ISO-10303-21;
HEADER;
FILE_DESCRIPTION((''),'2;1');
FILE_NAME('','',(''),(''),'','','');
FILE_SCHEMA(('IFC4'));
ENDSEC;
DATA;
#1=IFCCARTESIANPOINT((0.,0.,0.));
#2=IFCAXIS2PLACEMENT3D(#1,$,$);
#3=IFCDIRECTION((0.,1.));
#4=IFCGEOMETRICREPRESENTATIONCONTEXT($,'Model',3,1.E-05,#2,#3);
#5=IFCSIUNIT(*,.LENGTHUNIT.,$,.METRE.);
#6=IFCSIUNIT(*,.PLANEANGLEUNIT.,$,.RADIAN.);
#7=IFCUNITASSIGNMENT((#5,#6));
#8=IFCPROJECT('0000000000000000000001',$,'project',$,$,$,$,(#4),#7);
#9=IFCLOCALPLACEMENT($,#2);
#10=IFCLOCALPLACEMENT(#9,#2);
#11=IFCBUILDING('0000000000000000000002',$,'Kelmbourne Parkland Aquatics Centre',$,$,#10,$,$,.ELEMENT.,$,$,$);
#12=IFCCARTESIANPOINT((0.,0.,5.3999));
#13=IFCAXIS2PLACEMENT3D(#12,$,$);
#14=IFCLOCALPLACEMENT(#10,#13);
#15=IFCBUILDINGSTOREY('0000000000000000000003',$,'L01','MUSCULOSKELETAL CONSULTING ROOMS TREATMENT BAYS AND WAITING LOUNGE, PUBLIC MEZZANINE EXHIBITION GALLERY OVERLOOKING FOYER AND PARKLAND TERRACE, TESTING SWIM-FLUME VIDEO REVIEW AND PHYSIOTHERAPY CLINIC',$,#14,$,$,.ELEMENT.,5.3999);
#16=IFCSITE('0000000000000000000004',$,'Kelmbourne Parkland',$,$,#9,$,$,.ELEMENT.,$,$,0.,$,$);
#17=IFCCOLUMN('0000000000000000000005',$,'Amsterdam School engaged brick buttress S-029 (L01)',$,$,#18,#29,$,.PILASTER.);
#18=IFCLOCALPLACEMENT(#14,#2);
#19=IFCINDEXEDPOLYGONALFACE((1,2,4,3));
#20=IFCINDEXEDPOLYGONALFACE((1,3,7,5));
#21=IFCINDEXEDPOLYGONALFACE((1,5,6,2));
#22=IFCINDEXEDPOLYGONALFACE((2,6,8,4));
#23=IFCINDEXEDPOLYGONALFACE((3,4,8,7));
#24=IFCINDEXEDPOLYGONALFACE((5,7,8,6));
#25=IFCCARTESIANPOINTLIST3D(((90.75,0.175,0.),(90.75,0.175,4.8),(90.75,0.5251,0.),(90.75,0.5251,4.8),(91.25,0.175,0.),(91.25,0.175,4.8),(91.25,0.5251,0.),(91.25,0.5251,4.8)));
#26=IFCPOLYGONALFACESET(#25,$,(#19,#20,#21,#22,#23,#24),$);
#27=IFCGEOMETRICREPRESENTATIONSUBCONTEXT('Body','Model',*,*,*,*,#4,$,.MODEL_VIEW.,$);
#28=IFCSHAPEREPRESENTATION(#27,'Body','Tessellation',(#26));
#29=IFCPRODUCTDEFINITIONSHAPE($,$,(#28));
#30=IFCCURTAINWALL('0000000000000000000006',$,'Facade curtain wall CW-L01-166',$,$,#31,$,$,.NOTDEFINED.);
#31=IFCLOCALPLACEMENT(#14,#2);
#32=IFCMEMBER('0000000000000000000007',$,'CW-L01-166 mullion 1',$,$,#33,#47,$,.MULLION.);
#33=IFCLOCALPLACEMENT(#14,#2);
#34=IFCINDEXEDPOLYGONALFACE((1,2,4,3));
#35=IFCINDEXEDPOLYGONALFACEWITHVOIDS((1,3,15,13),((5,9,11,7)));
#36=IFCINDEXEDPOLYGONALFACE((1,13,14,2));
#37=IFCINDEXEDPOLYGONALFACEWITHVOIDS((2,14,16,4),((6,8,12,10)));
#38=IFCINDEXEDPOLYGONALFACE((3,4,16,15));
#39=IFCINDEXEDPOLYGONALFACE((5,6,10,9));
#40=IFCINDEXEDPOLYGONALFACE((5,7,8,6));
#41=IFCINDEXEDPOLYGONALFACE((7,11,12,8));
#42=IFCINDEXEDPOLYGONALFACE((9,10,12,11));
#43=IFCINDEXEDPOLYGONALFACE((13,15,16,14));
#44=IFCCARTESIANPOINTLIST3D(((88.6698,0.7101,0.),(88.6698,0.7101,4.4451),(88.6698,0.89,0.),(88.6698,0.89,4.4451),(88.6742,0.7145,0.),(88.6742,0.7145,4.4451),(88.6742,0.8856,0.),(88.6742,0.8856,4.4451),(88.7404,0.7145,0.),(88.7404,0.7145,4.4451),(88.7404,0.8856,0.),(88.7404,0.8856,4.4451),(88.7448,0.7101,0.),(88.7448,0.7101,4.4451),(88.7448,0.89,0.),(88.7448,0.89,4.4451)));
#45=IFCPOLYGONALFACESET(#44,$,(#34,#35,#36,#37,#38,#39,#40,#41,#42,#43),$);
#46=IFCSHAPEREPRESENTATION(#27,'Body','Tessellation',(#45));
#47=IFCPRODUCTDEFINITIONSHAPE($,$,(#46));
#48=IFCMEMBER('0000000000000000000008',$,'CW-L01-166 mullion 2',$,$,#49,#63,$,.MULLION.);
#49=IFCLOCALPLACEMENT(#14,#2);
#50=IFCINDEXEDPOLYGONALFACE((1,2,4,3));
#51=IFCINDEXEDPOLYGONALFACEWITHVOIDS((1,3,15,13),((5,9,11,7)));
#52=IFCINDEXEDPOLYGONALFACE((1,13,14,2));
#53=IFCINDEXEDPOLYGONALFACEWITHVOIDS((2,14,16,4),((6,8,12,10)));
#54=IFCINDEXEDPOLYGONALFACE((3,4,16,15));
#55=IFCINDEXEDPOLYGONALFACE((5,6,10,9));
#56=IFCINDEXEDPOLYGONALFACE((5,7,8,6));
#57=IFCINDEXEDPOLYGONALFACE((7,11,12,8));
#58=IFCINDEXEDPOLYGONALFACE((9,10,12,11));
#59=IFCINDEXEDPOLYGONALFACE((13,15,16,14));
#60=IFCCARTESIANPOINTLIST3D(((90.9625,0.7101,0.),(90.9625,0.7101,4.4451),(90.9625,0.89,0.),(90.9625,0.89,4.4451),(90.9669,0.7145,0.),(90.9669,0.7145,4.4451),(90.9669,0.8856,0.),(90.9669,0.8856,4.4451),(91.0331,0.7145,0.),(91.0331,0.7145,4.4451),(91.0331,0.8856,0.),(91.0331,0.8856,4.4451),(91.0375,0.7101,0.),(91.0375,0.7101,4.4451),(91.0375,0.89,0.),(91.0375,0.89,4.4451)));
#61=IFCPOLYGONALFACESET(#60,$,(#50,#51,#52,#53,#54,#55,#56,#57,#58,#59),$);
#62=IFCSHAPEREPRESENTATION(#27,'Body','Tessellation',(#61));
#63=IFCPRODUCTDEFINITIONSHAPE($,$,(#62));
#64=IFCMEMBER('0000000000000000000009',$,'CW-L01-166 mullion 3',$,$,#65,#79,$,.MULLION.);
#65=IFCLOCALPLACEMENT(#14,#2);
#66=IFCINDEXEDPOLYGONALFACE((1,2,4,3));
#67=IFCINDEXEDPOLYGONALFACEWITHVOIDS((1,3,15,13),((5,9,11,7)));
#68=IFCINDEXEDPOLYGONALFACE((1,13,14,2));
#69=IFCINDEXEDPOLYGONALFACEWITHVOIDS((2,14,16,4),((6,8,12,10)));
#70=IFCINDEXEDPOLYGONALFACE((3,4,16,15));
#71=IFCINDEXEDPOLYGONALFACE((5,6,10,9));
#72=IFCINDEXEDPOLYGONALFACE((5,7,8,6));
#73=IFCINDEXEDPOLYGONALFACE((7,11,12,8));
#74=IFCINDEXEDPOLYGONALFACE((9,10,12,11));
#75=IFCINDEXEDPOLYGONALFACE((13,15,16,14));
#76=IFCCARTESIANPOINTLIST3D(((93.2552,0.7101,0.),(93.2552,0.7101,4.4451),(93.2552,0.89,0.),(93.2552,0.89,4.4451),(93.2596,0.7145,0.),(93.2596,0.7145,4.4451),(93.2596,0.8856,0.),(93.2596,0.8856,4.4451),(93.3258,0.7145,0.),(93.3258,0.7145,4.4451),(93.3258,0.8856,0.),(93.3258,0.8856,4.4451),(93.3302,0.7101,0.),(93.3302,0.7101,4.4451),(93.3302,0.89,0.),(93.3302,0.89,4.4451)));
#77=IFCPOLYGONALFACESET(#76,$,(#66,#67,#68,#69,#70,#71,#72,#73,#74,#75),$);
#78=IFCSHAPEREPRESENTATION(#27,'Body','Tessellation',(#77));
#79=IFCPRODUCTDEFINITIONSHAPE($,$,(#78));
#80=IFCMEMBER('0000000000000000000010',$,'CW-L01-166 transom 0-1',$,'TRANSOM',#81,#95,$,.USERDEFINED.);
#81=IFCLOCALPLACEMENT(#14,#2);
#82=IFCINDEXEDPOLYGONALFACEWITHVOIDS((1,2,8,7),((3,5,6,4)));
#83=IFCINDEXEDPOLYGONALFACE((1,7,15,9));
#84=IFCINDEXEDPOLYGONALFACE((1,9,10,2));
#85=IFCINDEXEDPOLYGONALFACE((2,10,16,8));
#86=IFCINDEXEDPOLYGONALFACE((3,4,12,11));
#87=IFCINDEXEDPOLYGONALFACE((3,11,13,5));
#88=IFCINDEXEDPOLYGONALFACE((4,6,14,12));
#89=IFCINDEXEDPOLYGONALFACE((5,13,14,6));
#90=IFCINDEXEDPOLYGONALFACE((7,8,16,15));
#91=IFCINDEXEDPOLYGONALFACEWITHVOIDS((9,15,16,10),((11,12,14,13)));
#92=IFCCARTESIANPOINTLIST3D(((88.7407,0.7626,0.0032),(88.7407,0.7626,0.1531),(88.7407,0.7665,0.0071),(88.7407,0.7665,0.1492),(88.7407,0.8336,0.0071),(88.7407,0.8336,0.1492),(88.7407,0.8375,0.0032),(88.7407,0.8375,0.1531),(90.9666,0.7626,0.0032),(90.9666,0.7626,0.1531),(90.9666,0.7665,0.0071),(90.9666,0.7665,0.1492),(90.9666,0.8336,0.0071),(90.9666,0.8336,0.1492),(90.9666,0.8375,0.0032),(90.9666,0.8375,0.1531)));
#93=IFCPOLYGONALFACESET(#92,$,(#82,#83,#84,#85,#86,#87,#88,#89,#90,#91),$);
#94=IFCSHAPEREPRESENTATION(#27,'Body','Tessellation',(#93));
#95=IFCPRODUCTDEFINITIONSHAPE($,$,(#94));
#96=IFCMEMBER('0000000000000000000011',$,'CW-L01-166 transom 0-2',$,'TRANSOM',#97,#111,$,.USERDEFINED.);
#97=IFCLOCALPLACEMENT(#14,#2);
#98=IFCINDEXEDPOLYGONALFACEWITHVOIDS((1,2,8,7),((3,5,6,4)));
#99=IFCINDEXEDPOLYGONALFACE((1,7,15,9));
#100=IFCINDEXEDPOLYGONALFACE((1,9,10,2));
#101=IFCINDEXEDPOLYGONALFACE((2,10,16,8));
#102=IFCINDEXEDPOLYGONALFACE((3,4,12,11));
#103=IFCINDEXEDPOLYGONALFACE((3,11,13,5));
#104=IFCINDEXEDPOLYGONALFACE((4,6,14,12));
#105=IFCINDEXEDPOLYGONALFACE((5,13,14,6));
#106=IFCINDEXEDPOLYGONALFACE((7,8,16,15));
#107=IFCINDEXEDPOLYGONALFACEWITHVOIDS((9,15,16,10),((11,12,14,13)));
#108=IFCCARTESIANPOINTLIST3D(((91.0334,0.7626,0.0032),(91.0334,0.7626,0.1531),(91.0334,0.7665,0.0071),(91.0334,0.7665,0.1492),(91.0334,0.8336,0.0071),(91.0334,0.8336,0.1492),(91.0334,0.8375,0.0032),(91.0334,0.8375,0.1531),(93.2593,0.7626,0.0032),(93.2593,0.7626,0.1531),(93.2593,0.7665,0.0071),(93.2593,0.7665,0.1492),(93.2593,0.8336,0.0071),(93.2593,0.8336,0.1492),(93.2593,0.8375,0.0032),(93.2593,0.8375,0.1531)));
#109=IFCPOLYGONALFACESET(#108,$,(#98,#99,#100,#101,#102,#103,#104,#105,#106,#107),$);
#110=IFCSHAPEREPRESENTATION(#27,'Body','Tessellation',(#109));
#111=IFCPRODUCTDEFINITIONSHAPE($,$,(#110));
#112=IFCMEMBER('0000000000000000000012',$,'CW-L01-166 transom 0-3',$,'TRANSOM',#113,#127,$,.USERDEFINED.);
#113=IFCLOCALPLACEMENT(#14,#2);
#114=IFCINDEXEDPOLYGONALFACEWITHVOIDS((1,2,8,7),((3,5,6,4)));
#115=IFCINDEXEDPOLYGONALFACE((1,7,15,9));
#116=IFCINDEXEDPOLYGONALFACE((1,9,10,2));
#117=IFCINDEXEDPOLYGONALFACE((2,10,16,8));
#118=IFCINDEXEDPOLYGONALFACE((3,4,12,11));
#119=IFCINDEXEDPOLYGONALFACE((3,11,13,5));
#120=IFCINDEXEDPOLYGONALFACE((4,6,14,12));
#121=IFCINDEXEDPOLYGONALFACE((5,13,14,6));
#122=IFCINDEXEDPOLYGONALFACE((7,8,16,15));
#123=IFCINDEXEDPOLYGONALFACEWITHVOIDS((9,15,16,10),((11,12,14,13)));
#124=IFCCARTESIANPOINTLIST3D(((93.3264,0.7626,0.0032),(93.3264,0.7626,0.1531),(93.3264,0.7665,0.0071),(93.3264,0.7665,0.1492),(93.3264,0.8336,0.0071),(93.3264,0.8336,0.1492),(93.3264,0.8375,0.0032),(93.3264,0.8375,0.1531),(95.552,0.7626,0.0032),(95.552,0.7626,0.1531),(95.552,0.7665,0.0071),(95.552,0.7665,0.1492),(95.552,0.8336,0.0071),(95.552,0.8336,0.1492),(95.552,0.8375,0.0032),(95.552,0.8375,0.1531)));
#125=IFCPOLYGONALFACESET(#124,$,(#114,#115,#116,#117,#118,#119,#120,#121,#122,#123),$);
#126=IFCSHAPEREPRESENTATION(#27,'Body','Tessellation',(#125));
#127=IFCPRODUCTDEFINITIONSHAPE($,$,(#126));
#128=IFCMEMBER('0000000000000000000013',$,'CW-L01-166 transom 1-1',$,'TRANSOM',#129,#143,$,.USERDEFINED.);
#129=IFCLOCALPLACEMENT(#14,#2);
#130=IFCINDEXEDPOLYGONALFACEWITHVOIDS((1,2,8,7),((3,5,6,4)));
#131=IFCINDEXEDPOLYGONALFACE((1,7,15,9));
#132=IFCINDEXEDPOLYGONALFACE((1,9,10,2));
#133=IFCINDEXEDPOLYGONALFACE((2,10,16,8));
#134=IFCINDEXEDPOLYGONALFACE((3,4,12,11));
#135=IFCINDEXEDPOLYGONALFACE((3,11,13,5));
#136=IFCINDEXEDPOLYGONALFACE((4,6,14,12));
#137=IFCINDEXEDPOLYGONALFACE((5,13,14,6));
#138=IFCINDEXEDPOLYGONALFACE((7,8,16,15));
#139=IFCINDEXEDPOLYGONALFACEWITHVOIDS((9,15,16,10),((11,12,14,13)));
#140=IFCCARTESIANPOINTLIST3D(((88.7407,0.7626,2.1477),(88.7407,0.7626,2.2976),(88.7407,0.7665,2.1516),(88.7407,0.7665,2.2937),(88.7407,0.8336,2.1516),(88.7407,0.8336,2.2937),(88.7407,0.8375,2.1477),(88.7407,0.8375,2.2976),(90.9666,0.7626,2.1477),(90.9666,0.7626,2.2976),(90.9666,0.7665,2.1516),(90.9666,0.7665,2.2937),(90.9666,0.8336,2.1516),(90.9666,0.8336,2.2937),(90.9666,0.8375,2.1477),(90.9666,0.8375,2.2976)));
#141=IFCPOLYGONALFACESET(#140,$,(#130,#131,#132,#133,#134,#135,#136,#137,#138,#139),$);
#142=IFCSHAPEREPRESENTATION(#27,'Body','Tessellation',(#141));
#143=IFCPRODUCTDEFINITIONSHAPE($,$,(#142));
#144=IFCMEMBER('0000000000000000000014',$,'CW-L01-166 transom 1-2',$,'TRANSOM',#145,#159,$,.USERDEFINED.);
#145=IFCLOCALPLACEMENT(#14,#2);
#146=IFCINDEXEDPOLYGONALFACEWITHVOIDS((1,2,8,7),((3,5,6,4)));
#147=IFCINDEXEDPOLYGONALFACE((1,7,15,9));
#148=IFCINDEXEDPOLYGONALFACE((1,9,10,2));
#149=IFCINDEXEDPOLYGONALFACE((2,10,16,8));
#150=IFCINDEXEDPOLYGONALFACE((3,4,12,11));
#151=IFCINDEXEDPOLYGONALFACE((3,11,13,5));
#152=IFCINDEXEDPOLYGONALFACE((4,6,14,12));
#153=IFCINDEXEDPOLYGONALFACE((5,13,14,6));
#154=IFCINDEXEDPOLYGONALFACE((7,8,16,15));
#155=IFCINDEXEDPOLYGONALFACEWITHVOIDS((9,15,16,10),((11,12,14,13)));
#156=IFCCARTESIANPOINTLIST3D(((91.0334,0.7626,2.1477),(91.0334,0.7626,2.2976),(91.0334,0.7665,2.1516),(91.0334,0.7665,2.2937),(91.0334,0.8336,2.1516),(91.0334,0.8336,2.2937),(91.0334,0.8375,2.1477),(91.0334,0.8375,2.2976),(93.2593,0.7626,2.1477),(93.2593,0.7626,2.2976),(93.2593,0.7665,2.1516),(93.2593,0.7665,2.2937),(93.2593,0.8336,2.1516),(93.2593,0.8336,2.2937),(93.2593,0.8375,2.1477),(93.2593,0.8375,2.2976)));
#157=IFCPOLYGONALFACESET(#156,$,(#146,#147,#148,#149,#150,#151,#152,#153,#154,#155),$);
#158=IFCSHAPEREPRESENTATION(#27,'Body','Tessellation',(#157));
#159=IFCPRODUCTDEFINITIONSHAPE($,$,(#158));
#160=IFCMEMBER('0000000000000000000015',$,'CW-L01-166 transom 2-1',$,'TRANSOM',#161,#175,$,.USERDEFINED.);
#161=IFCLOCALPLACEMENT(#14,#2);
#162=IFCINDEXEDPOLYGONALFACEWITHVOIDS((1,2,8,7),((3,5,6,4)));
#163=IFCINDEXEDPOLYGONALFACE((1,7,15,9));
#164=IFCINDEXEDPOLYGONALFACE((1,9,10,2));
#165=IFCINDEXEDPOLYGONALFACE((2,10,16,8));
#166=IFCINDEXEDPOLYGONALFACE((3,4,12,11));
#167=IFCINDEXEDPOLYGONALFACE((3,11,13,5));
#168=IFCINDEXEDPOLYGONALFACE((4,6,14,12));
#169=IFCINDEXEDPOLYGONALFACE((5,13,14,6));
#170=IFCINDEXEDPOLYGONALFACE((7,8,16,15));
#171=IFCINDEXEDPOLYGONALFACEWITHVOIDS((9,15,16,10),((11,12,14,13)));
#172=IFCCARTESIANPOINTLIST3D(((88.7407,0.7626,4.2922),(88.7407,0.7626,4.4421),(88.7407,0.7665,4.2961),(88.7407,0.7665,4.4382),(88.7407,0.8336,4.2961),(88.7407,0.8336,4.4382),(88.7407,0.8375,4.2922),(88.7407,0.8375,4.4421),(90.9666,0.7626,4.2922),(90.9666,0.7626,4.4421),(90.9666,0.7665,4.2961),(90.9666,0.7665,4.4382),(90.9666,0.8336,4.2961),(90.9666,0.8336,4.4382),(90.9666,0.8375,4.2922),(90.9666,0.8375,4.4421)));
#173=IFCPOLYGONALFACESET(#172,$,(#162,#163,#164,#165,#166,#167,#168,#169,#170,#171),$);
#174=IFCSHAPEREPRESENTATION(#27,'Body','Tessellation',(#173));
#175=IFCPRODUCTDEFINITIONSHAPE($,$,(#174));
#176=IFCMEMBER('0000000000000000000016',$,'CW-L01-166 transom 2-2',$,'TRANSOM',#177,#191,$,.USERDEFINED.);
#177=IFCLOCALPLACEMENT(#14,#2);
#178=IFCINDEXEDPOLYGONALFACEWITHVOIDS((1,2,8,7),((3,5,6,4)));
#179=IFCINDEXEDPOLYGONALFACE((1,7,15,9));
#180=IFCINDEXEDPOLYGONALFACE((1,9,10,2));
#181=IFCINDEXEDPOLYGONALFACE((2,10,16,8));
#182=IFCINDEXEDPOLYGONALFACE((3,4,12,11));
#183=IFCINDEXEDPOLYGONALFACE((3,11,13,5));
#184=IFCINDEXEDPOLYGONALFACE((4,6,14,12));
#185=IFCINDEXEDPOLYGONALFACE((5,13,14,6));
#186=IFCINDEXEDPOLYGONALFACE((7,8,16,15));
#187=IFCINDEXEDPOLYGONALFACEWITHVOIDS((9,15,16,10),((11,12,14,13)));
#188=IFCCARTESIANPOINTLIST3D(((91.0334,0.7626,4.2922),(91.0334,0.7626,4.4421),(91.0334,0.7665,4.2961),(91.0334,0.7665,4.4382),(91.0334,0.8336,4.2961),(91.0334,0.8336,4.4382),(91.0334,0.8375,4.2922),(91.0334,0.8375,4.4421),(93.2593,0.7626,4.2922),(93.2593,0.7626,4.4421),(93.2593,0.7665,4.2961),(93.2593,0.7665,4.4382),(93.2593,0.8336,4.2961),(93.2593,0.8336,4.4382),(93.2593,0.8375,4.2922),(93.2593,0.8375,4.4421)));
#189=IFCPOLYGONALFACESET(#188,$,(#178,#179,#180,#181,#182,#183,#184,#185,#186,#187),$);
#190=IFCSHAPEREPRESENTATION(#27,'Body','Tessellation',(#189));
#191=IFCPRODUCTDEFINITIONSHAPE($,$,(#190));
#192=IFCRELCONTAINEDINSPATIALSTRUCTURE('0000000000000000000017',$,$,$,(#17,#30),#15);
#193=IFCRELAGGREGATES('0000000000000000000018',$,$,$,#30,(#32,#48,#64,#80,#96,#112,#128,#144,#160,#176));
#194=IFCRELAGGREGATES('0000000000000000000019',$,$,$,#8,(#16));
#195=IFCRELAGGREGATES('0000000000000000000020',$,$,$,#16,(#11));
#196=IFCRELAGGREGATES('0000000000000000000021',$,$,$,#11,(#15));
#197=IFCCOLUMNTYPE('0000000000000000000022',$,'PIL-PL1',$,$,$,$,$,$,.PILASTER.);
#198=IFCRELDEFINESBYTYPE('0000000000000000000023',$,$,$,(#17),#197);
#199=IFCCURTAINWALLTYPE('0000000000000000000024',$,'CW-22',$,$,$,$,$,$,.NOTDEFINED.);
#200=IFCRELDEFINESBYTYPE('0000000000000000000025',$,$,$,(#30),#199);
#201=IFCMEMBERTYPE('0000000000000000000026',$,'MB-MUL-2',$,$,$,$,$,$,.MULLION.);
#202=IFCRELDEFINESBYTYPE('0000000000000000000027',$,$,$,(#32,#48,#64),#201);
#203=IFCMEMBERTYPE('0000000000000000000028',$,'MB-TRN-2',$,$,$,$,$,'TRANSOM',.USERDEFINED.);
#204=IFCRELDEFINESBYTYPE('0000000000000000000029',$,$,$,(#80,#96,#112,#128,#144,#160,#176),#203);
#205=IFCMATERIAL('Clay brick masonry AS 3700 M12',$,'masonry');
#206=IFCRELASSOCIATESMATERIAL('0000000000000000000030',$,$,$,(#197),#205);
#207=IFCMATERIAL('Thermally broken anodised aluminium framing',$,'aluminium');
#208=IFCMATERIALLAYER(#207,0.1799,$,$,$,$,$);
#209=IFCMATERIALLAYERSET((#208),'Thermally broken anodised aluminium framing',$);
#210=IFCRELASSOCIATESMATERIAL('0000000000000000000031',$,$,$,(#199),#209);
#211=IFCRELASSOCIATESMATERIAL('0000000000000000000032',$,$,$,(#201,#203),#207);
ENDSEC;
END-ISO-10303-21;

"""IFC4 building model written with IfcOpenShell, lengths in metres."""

from ifc_helpers import new_model, si_unit, direction, frame, origin, origin_2d, place, context, subcontext, project, spatial, rectangle, hollow_rectangle, extrude, material, layer, layer_set, material_profile, profile_set, type_object, element, aggregate, save


model = new_model("IFC4")

# Units and contexts
model_context = context("Model", 3, precision=1e-05, world=origin(), true_north=direction((0.0, 1.0)))
body_context = subcontext(model_context, "Body", "Model", "MODEL_VIEW")
ifc_project = project(units=[si_unit("LENGTHUNIT", "METRE"), si_unit("PLANEANGLEUNIT", "RADIAN")], contexts=[model_context])

# Site, building, storey
site_placement = place(None, origin())
site = spatial("IfcSite", under=ifc_project, at=site_placement, Name="Kelmbourne Parkland", CompositionType="ELEMENT", RefElevation=0.0)
building_placement = place(site_placement, origin())
building = spatial("IfcBuilding", under=site, at=building_placement, Name="Kelmbourne Parkland Aquatics Centre", CompositionType="ELEMENT")
storey_placement = place(building_placement, frame((0.0, 0.0, 5.3999)))
storey = spatial("IfcBuildingStorey", under=building, at=storey_placement, Name="L01", Description="MUSCULOSKELETAL CONSULTING ROOMS TREATMENT BAYS AND WAITING LOUNGE, PUBLIC MEZZANINE EXHIBITION GALLERY OVERLOOKING FOYER AND PARKLAND TERRACE, TESTING SWIM-FLUME VIDEO REVIEW AND PHYSIOTHERAPY CLINIC", CompositionType="ELEMENT", Elevation=5.3999)

# Column
ifc_material_1 = material(Name="Clay brick masonry AS 3700 M12", Category="masonry")
ifc_material_profile_1 = material_profile(ifc_material_1, rectangle(XDim=0.3501, YDim=0.5, at=origin_2d()), Name="PIL 350x500")
ifc_profile_set_1 = profile_set([ifc_material_profile_1], Name="Clay brick masonry AS 3700 M12")
column_type = type_object("IfcColumnType", Name="PIL-PL1", PredefinedType="PILASTER", material=ifc_profile_set_1)
column_placement = place(storey_placement, frame((91.0, 0.3501, 0.0), z_axis=(0.0, 0.0, 1.0), x_axis=(0.0, 1.0, 0.0)))
element("IfcColumn", 1, at=column_placement, inside=storey, type_object=column_type, Name="Amsterdam School engaged brick buttress S-029 (L01)", PredefinedType="PILASTER", context=body_context, shape_type="SweptSolid", body=[
    extrude(rectangle(XDim=0.3501, YDim=0.5, at=origin_2d()), origin(), (0.0, 0.0, 1.0), 4.8),
])

# Curtain wall, members
ifc_material_2 = material(Name="Thermally broken anodised aluminium framing", Category="aluminium")
ifc_layer_1 = layer(ifc_material_2, 0.1799)
ifc_layer_set_1 = layer_set([ifc_layer_1], Name="Thermally broken anodised aluminium framing")
curtain_wall_type = type_object("IfcCurtainWallType", Name="CW-22", PredefinedType="NOTDEFINED", material=ifc_layer_set_1)
curtain_wall_placement = place(storey_placement, origin())
curtain_wall = element("IfcCurtainWall", 2, at=curtain_wall_placement, inside=storey, type_object=curtain_wall_type, Name="Facade curtain wall CW-L01-166", PredefinedType="NOTDEFINED")
ifc_material_profile_2 = material_profile(ifc_material_2, hollow_rectangle(XDim=0.075, YDim=0.1799, WallThickness=0.0044, at=origin_2d()), Name="CW-M 75x180")
ifc_profile_set_2 = profile_set([ifc_material_profile_2], Name="Thermally broken anodised aluminium framing")
member_type_1 = type_object("IfcMemberType", Name="MB-MUL-2", PredefinedType="MULLION", material=ifc_profile_set_2)
member_1_placement = place(storey_placement, frame((88.7073, 0.8, 0.0), z_axis=(0.0, 0.0, 1.0), x_axis=(1.0, 0.0, 0.0)))
member_1 = element("IfcMember", 3, at=member_1_placement, type_object=member_type_1, Name="CW-L01-166 mullion 1", PredefinedType="MULLION", context=body_context, shape_type="SweptSolid", body=[
    extrude(hollow_rectangle(XDim=0.075, YDim=0.1799, WallThickness=0.0044, at=origin_2d()), origin(), (0.0, 0.0, 1.0), 4.4451),
])
member_2_placement = place(storey_placement, frame((91.0, 0.8, 0.0), z_axis=(0.0, 0.0, 1.0), x_axis=(1.0, 0.0, 0.0)))
member_2 = element("IfcMember", 4, at=member_2_placement, type_object=member_type_1, Name="CW-L01-166 mullion 2", PredefinedType="MULLION", context=body_context, shape_type="SweptSolid", body=[
    extrude(hollow_rectangle(XDim=0.075, YDim=0.1799, WallThickness=0.0044, at=origin_2d()), origin(), (0.0, 0.0, 1.0), 4.4451),
])
member_3_placement = place(storey_placement, frame((93.2927, 0.8, 0.0), z_axis=(0.0, 0.0, 1.0), x_axis=(1.0, 0.0, 0.0)))
member_3 = element("IfcMember", 5, at=member_3_placement, type_object=member_type_1, Name="CW-L01-166 mullion 3", PredefinedType="MULLION", context=body_context, shape_type="SweptSolid", body=[
    extrude(hollow_rectangle(XDim=0.075, YDim=0.1799, WallThickness=0.0044, at=origin_2d()), origin(), (0.0, 0.0, 1.0), 4.4451),
])
ifc_material_profile_3 = material_profile(ifc_material_2, hollow_rectangle(XDim=0.075, YDim=0.1499, WallThickness=0.0039, at=origin_2d()), Name="CW-T 75x150")
ifc_profile_set_3 = profile_set([ifc_material_profile_3], Name="Thermally broken anodised aluminium framing")
member_type_2 = type_object("IfcMemberType", Name="MB-TRN-2", ElementType="TRANSOM", PredefinedType="USERDEFINED", material=ifc_profile_set_3)
member_4_placement = place(storey_placement, frame((88.7407, 0.8, 0.0781), z_axis=(1.0, 0.0, 0.0), x_axis=(0.0, 1.0, 0.0)))
member_4 = element("IfcMember", 6, at=member_4_placement, type_object=member_type_2, Name="CW-L01-166 transom 0-1", ObjectType="TRANSOM", PredefinedType="USERDEFINED", context=body_context, shape_type="SweptSolid", body=[
    extrude(hollow_rectangle(XDim=0.075, YDim=0.1499, WallThickness=0.0039, at=origin_2d()), origin(), (0.0, 0.0, 1.0), 2.2258),
])
member_5_placement = place(storey_placement, frame((91.0334, 0.8, 0.0781), z_axis=(1.0, 0.0, 0.0), x_axis=(0.0, 1.0, 0.0)))
member_5 = element("IfcMember", 7, at=member_5_placement, type_object=member_type_2, Name="CW-L01-166 transom 0-2", ObjectType="TRANSOM", PredefinedType="USERDEFINED", context=body_context, shape_type="SweptSolid", body=[
    extrude(hollow_rectangle(XDim=0.075, YDim=0.1499, WallThickness=0.0039, at=origin_2d()), origin(), (0.0, 0.0, 1.0), 2.2258),
])
member_6_placement = place(storey_placement, frame((93.3264, 0.8, 0.0781), z_axis=(1.0, 0.0, 0.0), x_axis=(0.0, 1.0, 0.0)))
member_6 = element("IfcMember", 8, at=member_6_placement, type_object=member_type_2, Name="CW-L01-166 transom 0-3", ObjectType="TRANSOM", PredefinedType="USERDEFINED", context=body_context, shape_type="SweptSolid", body=[
    extrude(hollow_rectangle(XDim=0.075, YDim=0.1499, WallThickness=0.0039, at=origin_2d()), origin(), (0.0, 0.0, 1.0), 2.2256),
])
member_7_placement = place(storey_placement, frame((88.7407, 0.8, 2.2227), z_axis=(1.0, 0.0, 0.0), x_axis=(0.0, 1.0, 0.0)))
member_7 = element("IfcMember", 9, at=member_7_placement, type_object=member_type_2, Name="CW-L01-166 transom 1-1", ObjectType="TRANSOM", PredefinedType="USERDEFINED", context=body_context, shape_type="SweptSolid", body=[
    extrude(hollow_rectangle(XDim=0.075, YDim=0.1499, WallThickness=0.0039, at=origin_2d()), origin(), (0.0, 0.0, 1.0), 2.2258),
])
member_8_placement = place(storey_placement, frame((91.0334, 0.8, 2.2227), z_axis=(1.0, 0.0, 0.0), x_axis=(0.0, 1.0, 0.0)))
member_8 = element("IfcMember", 10, at=member_8_placement, type_object=member_type_2, Name="CW-L01-166 transom 1-2", ObjectType="TRANSOM", PredefinedType="USERDEFINED", context=body_context, shape_type="SweptSolid", body=[
    extrude(hollow_rectangle(XDim=0.075, YDim=0.1499, WallThickness=0.0039, at=origin_2d()), origin(), (0.0, 0.0, 1.0), 2.2258),
])
member_9_placement = place(storey_placement, frame((88.7407, 0.8, 4.3672), z_axis=(1.0, 0.0, 0.0), x_axis=(0.0, 1.0, 0.0)))
member_9 = element("IfcMember", 11, at=member_9_placement, type_object=member_type_2, Name="CW-L01-166 transom 2-1", ObjectType="TRANSOM", PredefinedType="USERDEFINED", context=body_context, shape_type="SweptSolid", body=[
    extrude(hollow_rectangle(XDim=0.075, YDim=0.1499, WallThickness=0.0039, at=origin_2d()), origin(), (0.0, 0.0, 1.0), 2.2258),
])
member_10_placement = place(storey_placement, frame((91.0334, 0.8, 4.3672), z_axis=(1.0, 0.0, 0.0), x_axis=(0.0, 1.0, 0.0)))
member_10 = element("IfcMember", 12, at=member_10_placement, type_object=member_type_2, Name="CW-L01-166 transom 2-2", ObjectType="TRANSOM", PredefinedType="USERDEFINED", context=body_context, shape_type="SweptSolid", body=[
    extrude(hollow_rectangle(XDim=0.075, YDim=0.1499, WallThickness=0.0039, at=origin_2d()), origin(), (0.0, 0.0, 1.0), 2.2258),
])
aggregate(curtain_wall, [member_1, member_2, member_3, member_4, member_5, member_6, member_7, member_8, member_9, member_10])

save(model, "model.ifc")
